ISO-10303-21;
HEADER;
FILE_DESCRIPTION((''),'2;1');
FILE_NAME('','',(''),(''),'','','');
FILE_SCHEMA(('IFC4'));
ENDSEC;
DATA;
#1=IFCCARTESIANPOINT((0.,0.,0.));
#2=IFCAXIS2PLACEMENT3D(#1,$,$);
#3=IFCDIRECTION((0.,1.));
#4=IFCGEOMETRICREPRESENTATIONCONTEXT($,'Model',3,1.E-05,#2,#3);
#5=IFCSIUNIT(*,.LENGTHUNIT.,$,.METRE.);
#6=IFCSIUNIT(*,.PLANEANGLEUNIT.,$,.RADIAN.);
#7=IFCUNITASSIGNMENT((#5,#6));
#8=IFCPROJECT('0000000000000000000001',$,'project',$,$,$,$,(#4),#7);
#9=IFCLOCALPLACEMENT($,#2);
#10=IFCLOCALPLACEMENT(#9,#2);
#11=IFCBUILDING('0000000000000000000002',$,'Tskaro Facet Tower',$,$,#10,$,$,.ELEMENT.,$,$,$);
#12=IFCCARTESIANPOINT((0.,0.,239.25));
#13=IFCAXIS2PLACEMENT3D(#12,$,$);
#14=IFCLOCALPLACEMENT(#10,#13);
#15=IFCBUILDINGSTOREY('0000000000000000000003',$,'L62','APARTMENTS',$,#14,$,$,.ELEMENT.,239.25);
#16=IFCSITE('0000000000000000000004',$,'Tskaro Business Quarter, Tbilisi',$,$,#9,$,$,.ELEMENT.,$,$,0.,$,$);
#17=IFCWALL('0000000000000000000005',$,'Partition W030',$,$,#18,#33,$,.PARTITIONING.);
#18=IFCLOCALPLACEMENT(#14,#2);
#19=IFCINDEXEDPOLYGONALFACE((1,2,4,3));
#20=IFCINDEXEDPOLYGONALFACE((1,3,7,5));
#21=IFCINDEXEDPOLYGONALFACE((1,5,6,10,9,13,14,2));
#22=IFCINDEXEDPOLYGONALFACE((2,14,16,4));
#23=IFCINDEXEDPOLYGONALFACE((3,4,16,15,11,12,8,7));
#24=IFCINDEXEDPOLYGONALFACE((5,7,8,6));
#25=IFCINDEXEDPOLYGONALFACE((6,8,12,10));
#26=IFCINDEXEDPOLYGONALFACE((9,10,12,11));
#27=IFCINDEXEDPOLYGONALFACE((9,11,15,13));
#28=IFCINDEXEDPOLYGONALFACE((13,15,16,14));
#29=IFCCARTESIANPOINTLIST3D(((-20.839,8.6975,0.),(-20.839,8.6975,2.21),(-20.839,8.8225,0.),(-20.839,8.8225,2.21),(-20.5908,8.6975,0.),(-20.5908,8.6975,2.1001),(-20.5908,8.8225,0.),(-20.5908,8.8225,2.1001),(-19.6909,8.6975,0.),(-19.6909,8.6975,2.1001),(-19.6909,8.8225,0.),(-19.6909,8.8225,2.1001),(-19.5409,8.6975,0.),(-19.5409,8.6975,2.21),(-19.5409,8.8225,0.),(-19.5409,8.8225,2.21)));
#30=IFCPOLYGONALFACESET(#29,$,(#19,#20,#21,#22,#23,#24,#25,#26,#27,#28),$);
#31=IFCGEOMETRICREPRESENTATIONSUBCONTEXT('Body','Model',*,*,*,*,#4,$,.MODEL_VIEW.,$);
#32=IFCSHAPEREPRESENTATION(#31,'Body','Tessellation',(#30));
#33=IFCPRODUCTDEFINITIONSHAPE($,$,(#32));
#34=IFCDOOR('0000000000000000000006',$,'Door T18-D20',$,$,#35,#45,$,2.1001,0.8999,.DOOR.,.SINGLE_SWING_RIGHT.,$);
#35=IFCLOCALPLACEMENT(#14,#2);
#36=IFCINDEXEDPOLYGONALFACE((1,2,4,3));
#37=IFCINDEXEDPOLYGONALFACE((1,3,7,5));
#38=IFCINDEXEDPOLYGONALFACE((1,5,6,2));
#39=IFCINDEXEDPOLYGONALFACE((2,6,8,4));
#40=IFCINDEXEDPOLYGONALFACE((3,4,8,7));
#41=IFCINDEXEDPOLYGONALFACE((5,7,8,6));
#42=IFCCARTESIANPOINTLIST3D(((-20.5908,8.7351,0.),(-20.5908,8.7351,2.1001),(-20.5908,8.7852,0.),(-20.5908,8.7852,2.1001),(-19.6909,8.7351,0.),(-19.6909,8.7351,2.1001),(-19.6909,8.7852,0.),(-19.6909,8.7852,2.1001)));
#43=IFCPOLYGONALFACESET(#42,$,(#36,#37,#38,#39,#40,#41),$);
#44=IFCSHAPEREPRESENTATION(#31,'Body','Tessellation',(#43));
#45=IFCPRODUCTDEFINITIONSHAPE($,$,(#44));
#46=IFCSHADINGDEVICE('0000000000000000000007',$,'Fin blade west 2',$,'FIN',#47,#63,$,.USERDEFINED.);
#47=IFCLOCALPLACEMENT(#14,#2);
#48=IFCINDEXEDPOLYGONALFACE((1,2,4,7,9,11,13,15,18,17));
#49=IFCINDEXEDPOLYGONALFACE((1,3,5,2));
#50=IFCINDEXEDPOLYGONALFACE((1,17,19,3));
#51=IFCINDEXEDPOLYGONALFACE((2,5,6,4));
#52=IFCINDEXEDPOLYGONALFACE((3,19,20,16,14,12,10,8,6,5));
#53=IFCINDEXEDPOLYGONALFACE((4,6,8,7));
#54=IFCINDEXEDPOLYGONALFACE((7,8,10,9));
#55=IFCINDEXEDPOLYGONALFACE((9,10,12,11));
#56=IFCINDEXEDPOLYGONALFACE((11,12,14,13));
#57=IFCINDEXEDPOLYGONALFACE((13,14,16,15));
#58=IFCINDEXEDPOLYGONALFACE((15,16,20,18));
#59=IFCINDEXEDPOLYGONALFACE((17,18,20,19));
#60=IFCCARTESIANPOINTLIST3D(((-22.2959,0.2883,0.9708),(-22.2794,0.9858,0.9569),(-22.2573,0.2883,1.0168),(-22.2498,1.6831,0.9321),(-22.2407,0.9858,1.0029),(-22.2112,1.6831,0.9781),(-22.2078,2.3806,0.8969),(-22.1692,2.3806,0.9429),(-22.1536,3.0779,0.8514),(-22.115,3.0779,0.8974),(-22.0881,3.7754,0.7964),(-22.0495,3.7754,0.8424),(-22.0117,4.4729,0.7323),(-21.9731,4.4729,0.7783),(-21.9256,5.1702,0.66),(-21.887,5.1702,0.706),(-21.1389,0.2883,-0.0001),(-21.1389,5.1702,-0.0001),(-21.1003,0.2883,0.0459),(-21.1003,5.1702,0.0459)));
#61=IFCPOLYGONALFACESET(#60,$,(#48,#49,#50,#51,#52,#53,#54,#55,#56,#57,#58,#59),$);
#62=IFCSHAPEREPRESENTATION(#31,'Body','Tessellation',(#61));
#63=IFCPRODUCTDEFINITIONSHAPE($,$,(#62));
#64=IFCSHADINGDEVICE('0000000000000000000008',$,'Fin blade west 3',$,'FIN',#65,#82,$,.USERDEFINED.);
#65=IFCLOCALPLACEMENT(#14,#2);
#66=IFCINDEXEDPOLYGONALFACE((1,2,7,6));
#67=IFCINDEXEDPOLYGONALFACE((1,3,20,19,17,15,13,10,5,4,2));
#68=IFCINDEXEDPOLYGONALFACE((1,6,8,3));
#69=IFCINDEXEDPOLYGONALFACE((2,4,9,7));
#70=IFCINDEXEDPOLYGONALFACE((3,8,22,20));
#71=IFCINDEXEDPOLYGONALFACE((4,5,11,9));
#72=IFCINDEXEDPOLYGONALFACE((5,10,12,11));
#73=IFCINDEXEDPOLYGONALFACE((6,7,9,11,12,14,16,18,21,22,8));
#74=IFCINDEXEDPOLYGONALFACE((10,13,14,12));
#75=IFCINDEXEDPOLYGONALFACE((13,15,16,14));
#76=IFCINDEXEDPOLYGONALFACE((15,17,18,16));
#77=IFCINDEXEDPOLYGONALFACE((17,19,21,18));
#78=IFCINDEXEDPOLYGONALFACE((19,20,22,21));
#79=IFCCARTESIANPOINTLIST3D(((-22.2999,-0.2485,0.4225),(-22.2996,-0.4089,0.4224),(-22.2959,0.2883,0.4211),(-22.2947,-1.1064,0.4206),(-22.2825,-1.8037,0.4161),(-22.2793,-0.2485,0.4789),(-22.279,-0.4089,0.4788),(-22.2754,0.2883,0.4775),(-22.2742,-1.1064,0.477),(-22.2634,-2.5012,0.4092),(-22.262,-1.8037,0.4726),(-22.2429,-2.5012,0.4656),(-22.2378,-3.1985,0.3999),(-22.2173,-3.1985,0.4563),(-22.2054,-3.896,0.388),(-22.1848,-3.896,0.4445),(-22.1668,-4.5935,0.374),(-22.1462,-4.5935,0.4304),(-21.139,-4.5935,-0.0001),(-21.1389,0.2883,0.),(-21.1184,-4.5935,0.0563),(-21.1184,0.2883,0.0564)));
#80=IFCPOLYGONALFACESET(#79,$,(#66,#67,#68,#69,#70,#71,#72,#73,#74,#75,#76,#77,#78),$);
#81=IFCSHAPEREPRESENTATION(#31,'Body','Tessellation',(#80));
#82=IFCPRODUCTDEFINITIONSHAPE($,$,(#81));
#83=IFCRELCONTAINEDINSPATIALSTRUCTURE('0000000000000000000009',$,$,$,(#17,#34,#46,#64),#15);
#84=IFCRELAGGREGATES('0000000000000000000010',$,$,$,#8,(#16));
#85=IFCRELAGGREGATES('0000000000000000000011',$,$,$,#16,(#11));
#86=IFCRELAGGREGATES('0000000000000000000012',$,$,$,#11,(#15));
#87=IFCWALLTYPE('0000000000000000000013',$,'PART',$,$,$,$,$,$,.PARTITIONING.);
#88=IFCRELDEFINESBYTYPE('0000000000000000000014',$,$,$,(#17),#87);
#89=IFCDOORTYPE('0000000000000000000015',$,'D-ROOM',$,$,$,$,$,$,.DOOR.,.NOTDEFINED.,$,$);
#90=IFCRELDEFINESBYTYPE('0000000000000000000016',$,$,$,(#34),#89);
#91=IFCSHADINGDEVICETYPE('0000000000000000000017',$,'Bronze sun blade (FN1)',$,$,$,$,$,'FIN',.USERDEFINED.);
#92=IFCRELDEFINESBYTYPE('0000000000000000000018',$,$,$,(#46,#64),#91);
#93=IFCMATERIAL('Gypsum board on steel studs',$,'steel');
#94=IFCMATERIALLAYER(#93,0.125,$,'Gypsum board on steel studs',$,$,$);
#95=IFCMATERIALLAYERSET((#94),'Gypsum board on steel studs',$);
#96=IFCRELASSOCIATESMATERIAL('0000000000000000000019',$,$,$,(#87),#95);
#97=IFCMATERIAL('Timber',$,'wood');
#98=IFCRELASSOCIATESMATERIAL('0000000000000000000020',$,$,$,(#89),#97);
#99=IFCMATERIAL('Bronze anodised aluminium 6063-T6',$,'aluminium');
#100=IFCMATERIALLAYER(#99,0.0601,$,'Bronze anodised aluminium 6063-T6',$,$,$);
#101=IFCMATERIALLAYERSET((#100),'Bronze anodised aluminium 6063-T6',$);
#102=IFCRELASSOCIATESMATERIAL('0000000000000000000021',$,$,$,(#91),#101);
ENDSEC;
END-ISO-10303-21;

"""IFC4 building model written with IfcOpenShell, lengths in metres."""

from ifc_helpers import new_model, si_unit, direction, frame, frame_2d, origin, place, context, subcontext, project, spatial, polyline, rectangle, outline, extrude, material, layer, layer_set, type_object, element, fill, save


model = new_model("IFC4")

# Units and contexts
model_context = context("Model", 3, precision=1e-05, world=origin(), true_north=direction((0.0, 1.0)))
body_context = subcontext(model_context, "Body", "Model", "MODEL_VIEW")
ifc_project = project(units=[si_unit("LENGTHUNIT", "METRE"), si_unit("PLANEANGLEUNIT", "RADIAN")], contexts=[model_context])

# Site, building, storey
site_placement = place(None, origin())
site = spatial("IfcSite", under=ifc_project, at=site_placement, Name="Tskaro Business Quarter, Tbilisi", CompositionType="ELEMENT", RefElevation=0.0)
building_placement = place(site_placement, origin())
building = spatial("IfcBuilding", under=site, at=building_placement, Name="Tskaro Facet Tower", CompositionType="ELEMENT")
storey_placement = place(building_placement, frame((0.0, 0.0, 239.25)))
storey = spatial("IfcBuildingStorey", under=building, at=storey_placement, Name="L62", Description="APARTMENTS", CompositionType="ELEMENT", Elevation=239.25)

# Shared definitions
ifc_material_1 = material(Name="Bronze anodised aluminium 6063-T6", Category="aluminium")

# Shared definitions
ifc_material_2 = material(Name="Gypsum board on steel studs", Category="steel")
ifc_layer_1 = layer(ifc_material_2, 0.125, Name="Gypsum board on steel studs")
ifc_layer_set_1 = layer_set([ifc_layer_1], Name="Gypsum board on steel studs")
wall_type = type_object("IfcWallType", Name="PART", PredefinedType="PARTITIONING", material=ifc_layer_set_1)

# Wall, opening, door
wall_1_placement = place(storey_placement, frame((-19.541, 8.76, 0.0), z_axis=(0.0, 0.0, 1.0), x_axis=(-1.0, 0.0, 0.0)))
wall_1 = element("IfcWall", 1, at=wall_1_placement, inside=storey, type_object=wall_type, Name="Partition W030", PredefinedType="PARTITIONING", context=body_context, shape_type="SweptSolid", body=[
    extrude(rectangle(XDim=1.2981, YDim=0.125, at=frame_2d((0.6489, 0.0))), origin(), (0.0, 0.0, 1.0), 2.21),
])
opening_placement = place(wall_1_placement, frame((0.1499, 0.0, 0.0)))
opening = element("IfcOpeningElement", 2, at=opening_placement, cuts=wall_1, PredefinedType="OPENING", context=body_context, shape_type="SweptSolid", body=[
    extrude(rectangle(XDim=0.8999, YDim=2.1001, at=frame_2d((0.45, 1.05))), frame((0.0, 0.0725, 0.0), z_axis=(0.0, -1.0, 0.0), x_axis=(1.0, 0.0, 0.0)), (0.0, 0.0, 1.0), 0.145),
])
ifc_material_3 = material(Name="Timber", Category="wood")
door_type = type_object("IfcDoorType", Name="D-ROOM", OperationType="NOTDEFINED", PredefinedType="DOOR", material=ifc_material_3)
door_placement = place(opening_placement, origin())
door = element("IfcDoor", 3, at=door_placement, inside=storey, type_object=door_type, Name="Door T18-D20", OperationType="SINGLE_SWING_RIGHT", OverallHeight=2.1001, OverallWidth=0.8999, PredefinedType="DOOR", context=body_context, shape_type="SweptSolid", body=[
    extrude(rectangle(XDim=0.8999, YDim=2.1001, at=frame_2d((0.45, 1.05))), frame((0.0, 0.0249, 0.0), z_axis=(0.0, -1.0, 0.0), x_axis=(1.0, 0.0, 0.0)), (0.0, 0.0, 1.0), 0.05),
])
fill(opening, door)

# Shading devices
ifc_layer_2 = layer(ifc_material_1, 0.0601, Name="Bronze anodised aluminium 6063-T6")
ifc_layer_set_2 = layer_set([ifc_layer_2], Name="Bronze anodised aluminium 6063-T6")
shading_device_type = type_object("IfcShadingDeviceType", Name="Bronze sun blade (FN1)", ElementType="FIN", PredefinedType="USERDEFINED", material=ifc_layer_set_2)
shading_device_1_placement = place(storey_placement, frame((-21.1003, 5.1702, 0.0459), z_axis=(0.642819, 0.000001, 0.766018), x_axis=(0.000001, -1.0, 0.000001)))
element("IfcShadingDevice", 4, at=shading_device_1_placement, inside=storey, type_object=shading_device_type, Name="Fin blade west 2", ObjectType="FIN", PredefinedType="USERDEFINED", context=body_context, shape_type="SweptSolid", body=[
    extrude(outline(polyline([(0.0, 0.0), (4.8818, 0.0), (4.8818, -1.5104), (4.1843, -1.4888), (3.4871, -1.4501), (2.7896, -1.3953), (2.0923, -1.3246), (1.3948, -1.2391), (0.6973, -1.1394), (0.0, -1.0269), (0.0, 0.0)])), origin(), (0.0, 0.0, -1.0), 0.0601),
])
shading_device_2_placement = place(storey_placement, frame((-21.1184, 0.2883, 0.0564), z_axis=(0.342007, -0.000011, 0.939697), x_axis=(-0.000004, -1.0, -0.00001)))
element("IfcShadingDevice", 5, at=shading_device_2_placement, inside=storey, type_object=shading_device_type, Name="Fin blade west 3", ObjectType="FIN", PredefinedType="USERDEFINED", context=body_context, shape_type="SweptSolid", body=[
    extrude(outline(polyline([(0.0, 0.0), (4.8818, 0.0), (4.8818, -1.0938), (4.1843, -1.1349), (3.4868, -1.1694), (2.7896, -1.1966), (2.092, -1.217), (1.3948, -1.2299), (0.6973, -1.2351), (0.5369, -1.2354), (0.0, -1.2312), (0.0, 0.0)])), origin(), (0.0, 0.0, -1.0), 0.0601),
])

save(model, "model.ifc")
